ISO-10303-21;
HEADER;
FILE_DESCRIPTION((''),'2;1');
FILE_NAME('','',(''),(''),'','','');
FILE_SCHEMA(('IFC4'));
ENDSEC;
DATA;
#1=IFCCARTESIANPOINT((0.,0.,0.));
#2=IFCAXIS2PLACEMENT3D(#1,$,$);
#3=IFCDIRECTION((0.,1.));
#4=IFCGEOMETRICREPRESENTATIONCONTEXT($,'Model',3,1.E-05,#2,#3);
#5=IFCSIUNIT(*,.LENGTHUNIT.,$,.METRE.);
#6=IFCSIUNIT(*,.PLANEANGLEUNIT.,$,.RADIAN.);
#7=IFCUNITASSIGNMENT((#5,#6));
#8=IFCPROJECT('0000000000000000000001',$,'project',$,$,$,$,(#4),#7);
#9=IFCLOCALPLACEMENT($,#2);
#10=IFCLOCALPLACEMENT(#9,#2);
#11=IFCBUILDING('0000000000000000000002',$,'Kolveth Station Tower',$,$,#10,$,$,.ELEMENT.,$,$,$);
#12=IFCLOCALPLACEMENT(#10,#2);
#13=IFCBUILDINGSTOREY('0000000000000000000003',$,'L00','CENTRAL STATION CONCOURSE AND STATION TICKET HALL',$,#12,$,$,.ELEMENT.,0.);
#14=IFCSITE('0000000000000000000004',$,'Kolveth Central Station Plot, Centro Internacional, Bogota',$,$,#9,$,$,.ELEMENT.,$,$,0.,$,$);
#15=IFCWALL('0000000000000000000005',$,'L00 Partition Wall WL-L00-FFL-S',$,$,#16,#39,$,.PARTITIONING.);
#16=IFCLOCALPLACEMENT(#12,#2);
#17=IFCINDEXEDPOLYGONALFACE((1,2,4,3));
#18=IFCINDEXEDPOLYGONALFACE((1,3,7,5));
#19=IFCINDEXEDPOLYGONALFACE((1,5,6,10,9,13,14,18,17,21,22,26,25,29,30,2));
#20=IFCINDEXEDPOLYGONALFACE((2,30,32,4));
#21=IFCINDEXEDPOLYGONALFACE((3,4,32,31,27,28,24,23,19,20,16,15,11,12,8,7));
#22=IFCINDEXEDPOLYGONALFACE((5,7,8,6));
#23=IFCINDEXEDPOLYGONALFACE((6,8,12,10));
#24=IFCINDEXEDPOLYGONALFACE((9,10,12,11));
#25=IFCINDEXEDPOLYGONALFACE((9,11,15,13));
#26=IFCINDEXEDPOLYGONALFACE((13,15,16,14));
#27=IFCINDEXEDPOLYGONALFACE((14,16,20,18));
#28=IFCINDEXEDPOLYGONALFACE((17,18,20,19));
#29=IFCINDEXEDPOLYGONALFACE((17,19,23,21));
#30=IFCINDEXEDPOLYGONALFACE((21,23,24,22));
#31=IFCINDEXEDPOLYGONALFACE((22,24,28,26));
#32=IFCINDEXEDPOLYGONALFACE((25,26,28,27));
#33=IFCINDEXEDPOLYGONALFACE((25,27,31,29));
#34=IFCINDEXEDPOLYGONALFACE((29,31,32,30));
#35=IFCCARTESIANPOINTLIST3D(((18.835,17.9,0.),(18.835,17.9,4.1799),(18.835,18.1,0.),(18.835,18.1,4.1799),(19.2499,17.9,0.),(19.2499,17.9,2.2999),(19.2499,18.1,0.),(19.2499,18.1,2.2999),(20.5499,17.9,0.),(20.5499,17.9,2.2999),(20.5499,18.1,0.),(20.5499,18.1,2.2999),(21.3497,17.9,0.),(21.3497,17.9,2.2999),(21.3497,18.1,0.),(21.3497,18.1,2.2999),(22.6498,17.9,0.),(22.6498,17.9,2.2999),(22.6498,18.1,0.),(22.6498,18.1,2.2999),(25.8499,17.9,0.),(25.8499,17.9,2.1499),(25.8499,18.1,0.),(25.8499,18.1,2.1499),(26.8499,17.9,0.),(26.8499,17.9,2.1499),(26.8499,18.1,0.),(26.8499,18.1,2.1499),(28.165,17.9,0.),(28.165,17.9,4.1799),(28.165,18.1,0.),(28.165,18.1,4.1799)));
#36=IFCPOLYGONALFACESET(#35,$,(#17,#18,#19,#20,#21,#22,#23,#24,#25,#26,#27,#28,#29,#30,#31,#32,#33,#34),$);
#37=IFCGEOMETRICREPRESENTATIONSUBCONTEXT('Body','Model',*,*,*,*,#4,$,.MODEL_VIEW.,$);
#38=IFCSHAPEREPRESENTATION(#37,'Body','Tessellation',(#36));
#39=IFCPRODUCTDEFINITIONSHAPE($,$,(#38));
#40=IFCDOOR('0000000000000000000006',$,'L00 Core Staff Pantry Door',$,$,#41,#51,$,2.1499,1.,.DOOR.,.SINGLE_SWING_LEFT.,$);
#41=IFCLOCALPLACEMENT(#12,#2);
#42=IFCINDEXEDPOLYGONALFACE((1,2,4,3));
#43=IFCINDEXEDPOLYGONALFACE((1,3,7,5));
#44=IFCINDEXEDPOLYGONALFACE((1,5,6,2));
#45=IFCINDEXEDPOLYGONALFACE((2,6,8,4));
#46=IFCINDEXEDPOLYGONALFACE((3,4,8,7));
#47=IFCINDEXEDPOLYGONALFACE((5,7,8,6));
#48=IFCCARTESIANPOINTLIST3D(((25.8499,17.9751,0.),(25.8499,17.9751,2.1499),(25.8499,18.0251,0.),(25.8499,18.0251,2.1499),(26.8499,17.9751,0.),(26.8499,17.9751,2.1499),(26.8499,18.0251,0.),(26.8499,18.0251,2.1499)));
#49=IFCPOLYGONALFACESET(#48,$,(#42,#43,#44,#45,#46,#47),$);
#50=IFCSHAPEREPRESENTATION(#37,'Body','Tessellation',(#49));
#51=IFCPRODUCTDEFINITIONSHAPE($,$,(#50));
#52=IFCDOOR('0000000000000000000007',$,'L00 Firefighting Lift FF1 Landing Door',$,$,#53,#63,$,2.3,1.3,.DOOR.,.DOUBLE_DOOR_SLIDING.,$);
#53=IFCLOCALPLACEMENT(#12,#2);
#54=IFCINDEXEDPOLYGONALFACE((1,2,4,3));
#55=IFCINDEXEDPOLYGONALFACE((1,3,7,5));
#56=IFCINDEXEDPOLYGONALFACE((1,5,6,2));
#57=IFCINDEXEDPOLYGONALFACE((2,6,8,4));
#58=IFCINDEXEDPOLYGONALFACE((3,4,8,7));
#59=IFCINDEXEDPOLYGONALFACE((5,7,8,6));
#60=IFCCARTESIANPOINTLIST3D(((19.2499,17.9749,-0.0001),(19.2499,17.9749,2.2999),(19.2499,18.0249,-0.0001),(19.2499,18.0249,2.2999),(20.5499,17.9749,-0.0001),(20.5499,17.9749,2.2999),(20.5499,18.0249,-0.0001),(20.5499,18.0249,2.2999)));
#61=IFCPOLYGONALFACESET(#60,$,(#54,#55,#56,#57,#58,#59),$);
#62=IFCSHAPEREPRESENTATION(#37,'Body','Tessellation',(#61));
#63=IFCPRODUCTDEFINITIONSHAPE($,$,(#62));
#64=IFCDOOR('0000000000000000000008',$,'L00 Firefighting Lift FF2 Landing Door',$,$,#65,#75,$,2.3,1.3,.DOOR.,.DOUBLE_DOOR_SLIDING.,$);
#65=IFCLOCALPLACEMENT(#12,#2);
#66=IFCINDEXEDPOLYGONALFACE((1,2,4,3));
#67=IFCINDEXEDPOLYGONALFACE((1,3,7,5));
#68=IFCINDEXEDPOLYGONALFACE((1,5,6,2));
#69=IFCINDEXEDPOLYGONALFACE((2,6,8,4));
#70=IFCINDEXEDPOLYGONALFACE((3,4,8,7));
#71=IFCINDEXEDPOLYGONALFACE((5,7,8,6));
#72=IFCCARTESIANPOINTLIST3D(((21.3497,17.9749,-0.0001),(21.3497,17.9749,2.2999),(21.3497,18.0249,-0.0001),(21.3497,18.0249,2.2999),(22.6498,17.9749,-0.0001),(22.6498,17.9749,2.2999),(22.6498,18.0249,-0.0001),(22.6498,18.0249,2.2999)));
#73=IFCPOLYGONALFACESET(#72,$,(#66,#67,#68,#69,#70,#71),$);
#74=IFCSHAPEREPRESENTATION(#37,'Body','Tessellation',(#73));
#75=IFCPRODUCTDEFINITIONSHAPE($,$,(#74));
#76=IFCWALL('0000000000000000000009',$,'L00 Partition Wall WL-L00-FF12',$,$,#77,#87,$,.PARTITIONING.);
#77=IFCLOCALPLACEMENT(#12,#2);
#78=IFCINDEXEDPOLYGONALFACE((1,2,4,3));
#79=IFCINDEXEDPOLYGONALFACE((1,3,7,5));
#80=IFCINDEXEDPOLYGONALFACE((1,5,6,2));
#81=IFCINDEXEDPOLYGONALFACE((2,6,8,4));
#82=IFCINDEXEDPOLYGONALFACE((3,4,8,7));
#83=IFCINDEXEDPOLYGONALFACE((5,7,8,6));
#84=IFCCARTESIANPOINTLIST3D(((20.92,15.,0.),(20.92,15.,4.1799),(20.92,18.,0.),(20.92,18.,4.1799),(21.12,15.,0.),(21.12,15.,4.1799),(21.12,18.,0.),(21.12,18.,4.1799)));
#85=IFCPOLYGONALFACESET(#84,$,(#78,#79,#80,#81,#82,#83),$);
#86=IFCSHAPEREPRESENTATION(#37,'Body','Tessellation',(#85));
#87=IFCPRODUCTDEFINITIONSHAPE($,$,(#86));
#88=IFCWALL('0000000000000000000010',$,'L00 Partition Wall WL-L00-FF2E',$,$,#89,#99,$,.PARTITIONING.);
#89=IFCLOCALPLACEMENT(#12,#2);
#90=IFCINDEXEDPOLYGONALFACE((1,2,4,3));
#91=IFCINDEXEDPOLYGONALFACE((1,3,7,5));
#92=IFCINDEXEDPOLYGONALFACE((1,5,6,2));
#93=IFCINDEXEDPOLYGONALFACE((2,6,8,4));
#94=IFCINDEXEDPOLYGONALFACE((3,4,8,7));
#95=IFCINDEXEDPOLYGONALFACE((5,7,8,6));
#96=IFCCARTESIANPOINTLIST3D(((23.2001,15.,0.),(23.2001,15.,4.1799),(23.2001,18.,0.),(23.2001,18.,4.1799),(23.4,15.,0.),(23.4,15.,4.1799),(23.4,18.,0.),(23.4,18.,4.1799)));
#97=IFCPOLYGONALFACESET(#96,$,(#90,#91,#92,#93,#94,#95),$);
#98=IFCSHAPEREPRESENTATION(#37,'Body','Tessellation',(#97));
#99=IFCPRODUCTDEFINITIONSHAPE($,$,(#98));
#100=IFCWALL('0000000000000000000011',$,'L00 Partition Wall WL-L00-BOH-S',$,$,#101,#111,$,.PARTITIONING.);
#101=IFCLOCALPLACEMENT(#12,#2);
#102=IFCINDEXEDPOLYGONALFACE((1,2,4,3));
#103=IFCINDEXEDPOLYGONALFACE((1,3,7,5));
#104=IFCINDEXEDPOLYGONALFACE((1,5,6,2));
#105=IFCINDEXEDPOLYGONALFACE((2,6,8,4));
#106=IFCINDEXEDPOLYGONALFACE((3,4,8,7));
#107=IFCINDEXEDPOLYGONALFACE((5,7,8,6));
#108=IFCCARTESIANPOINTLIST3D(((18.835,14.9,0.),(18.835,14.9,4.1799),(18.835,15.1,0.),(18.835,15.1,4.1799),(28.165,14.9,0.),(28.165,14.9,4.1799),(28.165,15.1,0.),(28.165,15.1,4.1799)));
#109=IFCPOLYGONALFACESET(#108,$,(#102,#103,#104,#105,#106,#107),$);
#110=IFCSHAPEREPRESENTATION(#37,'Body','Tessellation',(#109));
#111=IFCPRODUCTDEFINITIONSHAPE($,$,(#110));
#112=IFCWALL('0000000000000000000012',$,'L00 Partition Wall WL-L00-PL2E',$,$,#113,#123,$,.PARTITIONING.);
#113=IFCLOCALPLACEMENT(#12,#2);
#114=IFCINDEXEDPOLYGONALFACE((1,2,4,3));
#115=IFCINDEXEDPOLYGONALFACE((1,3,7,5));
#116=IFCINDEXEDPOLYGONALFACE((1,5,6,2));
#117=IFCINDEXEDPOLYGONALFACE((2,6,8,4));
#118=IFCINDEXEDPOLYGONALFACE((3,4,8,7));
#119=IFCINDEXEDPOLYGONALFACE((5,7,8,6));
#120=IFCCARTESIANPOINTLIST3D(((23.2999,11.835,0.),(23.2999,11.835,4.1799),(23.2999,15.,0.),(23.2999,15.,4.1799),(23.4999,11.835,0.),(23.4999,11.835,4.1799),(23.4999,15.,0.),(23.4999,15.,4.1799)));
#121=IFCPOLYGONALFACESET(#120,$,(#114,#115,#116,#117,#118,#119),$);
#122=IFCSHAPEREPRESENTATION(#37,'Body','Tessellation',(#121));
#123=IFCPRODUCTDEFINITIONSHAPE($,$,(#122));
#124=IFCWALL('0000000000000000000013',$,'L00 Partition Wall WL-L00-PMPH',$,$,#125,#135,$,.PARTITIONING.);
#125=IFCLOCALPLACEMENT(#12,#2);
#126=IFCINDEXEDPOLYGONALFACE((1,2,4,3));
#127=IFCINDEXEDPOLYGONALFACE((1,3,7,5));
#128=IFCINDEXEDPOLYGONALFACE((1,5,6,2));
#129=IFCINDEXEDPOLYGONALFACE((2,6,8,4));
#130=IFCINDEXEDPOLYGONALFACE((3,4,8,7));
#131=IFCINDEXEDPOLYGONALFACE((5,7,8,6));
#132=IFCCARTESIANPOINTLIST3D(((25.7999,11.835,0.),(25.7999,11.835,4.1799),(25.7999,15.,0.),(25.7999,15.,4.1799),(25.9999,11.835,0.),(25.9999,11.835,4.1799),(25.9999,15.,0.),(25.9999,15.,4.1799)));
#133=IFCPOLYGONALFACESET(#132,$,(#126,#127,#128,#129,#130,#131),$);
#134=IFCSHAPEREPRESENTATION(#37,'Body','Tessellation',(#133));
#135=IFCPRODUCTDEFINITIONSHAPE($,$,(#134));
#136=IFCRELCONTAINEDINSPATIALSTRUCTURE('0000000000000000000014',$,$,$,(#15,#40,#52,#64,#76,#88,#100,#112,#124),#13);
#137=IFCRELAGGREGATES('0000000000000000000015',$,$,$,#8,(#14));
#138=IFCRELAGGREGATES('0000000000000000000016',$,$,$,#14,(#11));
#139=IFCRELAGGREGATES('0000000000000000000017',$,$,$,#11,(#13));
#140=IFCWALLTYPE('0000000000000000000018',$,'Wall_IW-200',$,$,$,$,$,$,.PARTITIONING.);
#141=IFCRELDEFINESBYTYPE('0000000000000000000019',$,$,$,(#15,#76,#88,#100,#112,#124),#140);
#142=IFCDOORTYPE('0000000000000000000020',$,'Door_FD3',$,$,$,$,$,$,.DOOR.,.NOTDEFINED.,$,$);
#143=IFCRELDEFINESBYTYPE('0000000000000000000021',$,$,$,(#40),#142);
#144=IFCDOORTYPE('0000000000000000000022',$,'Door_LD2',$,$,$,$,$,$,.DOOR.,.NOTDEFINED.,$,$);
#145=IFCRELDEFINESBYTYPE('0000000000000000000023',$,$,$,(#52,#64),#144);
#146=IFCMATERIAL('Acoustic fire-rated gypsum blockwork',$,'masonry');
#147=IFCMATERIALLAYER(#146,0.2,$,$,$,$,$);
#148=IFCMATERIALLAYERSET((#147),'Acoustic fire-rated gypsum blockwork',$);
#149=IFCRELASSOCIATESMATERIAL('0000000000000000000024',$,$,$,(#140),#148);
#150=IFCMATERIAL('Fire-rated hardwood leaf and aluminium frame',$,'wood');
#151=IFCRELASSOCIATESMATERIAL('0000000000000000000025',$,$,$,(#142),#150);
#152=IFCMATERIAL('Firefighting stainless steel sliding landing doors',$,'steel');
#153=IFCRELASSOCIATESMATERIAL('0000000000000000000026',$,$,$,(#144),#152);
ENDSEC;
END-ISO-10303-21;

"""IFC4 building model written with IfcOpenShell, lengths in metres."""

from ifc_helpers import new_model, si_unit, direction, frame, frame_2d, origin, place, context, subcontext, project, spatial, rectangle, extrude, material, layer, layer_set, type_object, element, fill, save


model = new_model("IFC4")

# Units and contexts
model_context = context("Model", 3, precision=1e-05, world=origin(), true_north=direction((0.0, 1.0)))
body_context = subcontext(model_context, "Body", "Model", "MODEL_VIEW")
ifc_project = project(units=[si_unit("LENGTHUNIT", "METRE"), si_unit("PLANEANGLEUNIT", "RADIAN")], contexts=[model_context])

# Site, building, storey
site_placement = place(None, origin())
site = spatial("IfcSite", under=ifc_project, at=site_placement, Name="Kolveth Central Station Plot, Centro Internacional, Bogota", CompositionType="ELEMENT", RefElevation=0.0)
building_placement = place(site_placement, origin())
building = spatial("IfcBuilding", under=site, at=building_placement, Name="Kolveth Station Tower", CompositionType="ELEMENT")
storey_placement = place(building_placement, origin())
storey = spatial("IfcBuildingStorey", under=building, at=storey_placement, Name="L00", Description="CENTRAL STATION CONCOURSE AND STATION TICKET HALL", CompositionType="ELEMENT", Elevation=0.0)

# Shared definitions
ifc_material_1 = material(Name="Acoustic fire-rated gypsum blockwork", Category="masonry")
ifc_layer_1 = layer(ifc_material_1, 0.2)
ifc_layer_set_1 = layer_set([ifc_layer_1], Name="Acoustic fire-rated gypsum blockwork")
wall_type_1 = type_object("IfcWallType", Name="Wall_IW-200", PredefinedType="PARTITIONING", material=ifc_layer_set_1)

# Wall, openings, doors
wall_1_placement = place(storey_placement, frame((18.835, 18.0, 0.0), z_axis=(0.0, 0.0, 1.0), x_axis=(1.0, 0.0, 0.0)))
wall_1 = element("IfcWall", 1, at=wall_1_placement, inside=storey, type_object=wall_type_1, Name="L00 Partition Wall WL-L00-FFL-S", PredefinedType="PARTITIONING", context=body_context, shape_type="SweptSolid", body=[
    extrude(rectangle(XDim=9.3301, YDim=0.2, at=frame_2d((4.665, 0.0))), origin(), (0.0, 0.0, 1.0), 4.1799),
])
opening_1_placement = place(wall_1_placement, frame((0.415, 0.0, 0.0)))
opening_1 = element("IfcOpeningElement", 2, at=opening_1_placement, cuts=wall_1, PredefinedType="OPENING", context=body_context, shape_type="SweptSolid", body=[
    extrude(rectangle(XDim=1.3, YDim=2.3, at=frame_2d((0.6499, 1.1499))), frame((0.0, 0.1099, 0.0), z_axis=(0.0, -1.0, 0.0), x_axis=(1.0, 0.0, 0.0)), (0.0, 0.0, 1.0), 0.22),
])
opening_2_placement = place(wall_1_placement, frame((2.5149, 0.0, 0.0)))
opening_2 = element("IfcOpeningElement", 3, at=opening_2_placement, cuts=wall_1, PredefinedType="OPENING", context=body_context, shape_type="SweptSolid", body=[
    extrude(rectangle(XDim=1.3, YDim=2.3, at=frame_2d((0.6499, 1.1499))), frame((0.0, 0.1099, 0.0), z_axis=(0.0, -1.0, 0.0), x_axis=(1.0, 0.0, 0.0)), (0.0, 0.0, 1.0), 0.22),
])
opening_3_placement = place(wall_1_placement, frame((7.0149, 0.0, 0.0)))
opening_3 = element("IfcOpeningElement", 4, at=opening_3_placement, cuts=wall_1, PredefinedType="OPENING", context=body_context, shape_type="SweptSolid", body=[
    extrude(rectangle(XDim=1.0, YDim=2.1499, at=frame_2d((0.5, 1.075))), frame((0.0, 0.1099, 0.0), z_axis=(0.0, -1.0, 0.0), x_axis=(1.0, 0.0, 0.0)), (0.0, 0.0, 1.0), 0.22),
])
ifc_material_2 = material(Name="Fire-rated hardwood leaf and aluminium frame", Category="wood")
door_type_1 = type_object("IfcDoorType", Name="Door_FD3", OperationType="NOTDEFINED", PredefinedType="DOOR", material=ifc_material_2)
door_1_placement = place(opening_3_placement, frame((1.0, 0.0, 0.0), z_axis=(0.0, 0.0, 1.0), x_axis=(-1.0, 0.0, 0.0)))
door_1 = element("IfcDoor", 5, at=door_1_placement, inside=storey, type_object=door_type_1, Name="L00 Core Staff Pantry Door", OperationType="SINGLE_SWING_LEFT", OverallHeight=2.1499, OverallWidth=1.0, PredefinedType="DOOR", context=body_context, shape_type="SweptSolid", body=[
    extrude(rectangle(XDim=1.0, YDim=2.1499, at=frame_2d((0.5, 1.075))), frame((0.0, 0.0249, 0.0), z_axis=(0.0, -1.0, 0.0), x_axis=(1.0, 0.0, 0.0)), (0.0, 0.0, 1.0), 0.05),
])
fill(opening_3, door_1)
ifc_material_3 = material(Name="Firefighting stainless steel sliding landing doors", Category="steel")
door_type_2 = type_object("IfcDoorType", Name="Door_LD2", OperationType="NOTDEFINED", PredefinedType="DOOR", material=ifc_material_3)
door_2_placement = place(opening_1_placement, origin())
door_2 = element("IfcDoor", 6, at=door_2_placement, inside=storey, type_object=door_type_2, Name="L00 Firefighting Lift FF1 Landing Door", OperationType="DOUBLE_DOOR_SLIDING", OverallHeight=2.3, OverallWidth=1.3, PredefinedType="DOOR", context=body_context, shape_type="SweptSolid", body=[
    extrude(rectangle(XDim=1.3, YDim=2.3, at=frame_2d((0.6499, 1.1499))), frame((0.0, 0.0249, 0.0), z_axis=(0.0, -1.0, 0.0), x_axis=(1.0, 0.0, 0.0)), (0.0, 0.0, 1.0), 0.05),
])
fill(opening_1, door_2)
door_3_placement = place(opening_2_placement, origin())
door_3 = element("IfcDoor", 7, at=door_3_placement, inside=storey, type_object=door_type_2, Name="L00 Firefighting Lift FF2 Landing Door", OperationType="DOUBLE_DOOR_SLIDING", OverallHeight=2.3, OverallWidth=1.3, PredefinedType="DOOR", context=body_context, shape_type="SweptSolid", body=[
    extrude(rectangle(XDim=1.3, YDim=2.3, at=frame_2d((0.6499, 1.1499))), frame((0.0, 0.0249, 0.0), z_axis=(0.0, -1.0, 0.0), x_axis=(1.0, 0.0, 0.0)), (0.0, 0.0, 1.0), 0.05),
])
fill(opening_2, door_3)

# Walls
for number, where, z_axis, x_axis, name in (
    (8, (21.02, 15.0, 0.0), (0.0, 0.0, 1.0), (0.0, 1.0, 0.0), "L00 Partition Wall WL-L00-FF12"),
    (9, (23.3, 15.0, 0.0), (0.0, 0.0, 1.0), (0.0, 1.0, 0.0), "L00 Partition Wall WL-L00-FF2E"),
):
    element("IfcWall", number, at=place(storey_placement, frame(where, z_axis=z_axis, x_axis=x_axis)), inside=storey, type_object=wall_type_1, Name=name, PredefinedType="PARTITIONING", context=body_context, shape_type="SweptSolid", body=[
        extrude(rectangle(XDim=3.0, YDim=0.2, at=frame_2d((1.5, 0.0))), origin(), (0.0, 0.0, 1.0), 4.1799),
    ])
wall_2_placement = place(storey_placement, frame((18.835, 15.0, 0.0), z_axis=(0.0, 0.0, 1.0), x_axis=(1.0, 0.0, 0.0)))
element("IfcWall", 10, at=wall_2_placement, inside=storey, type_object=wall_type_1, Name="L00 Partition Wall WL-L00-BOH-S", PredefinedType="PARTITIONING", context=body_context, shape_type="SweptSolid", body=[
    extrude(rectangle(XDim=9.3301, YDim=0.2, at=frame_2d((4.665, 0.0))), origin(), (0.0, 0.0, 1.0), 4.1799),
])
for number, where, z_axis, x_axis, name in (
    (11, (23.3999, 11.835, 0.0), (0.0, 0.0, 1.0), (0.0, 1.0, 0.0), "L00 Partition Wall WL-L00-PL2E"),
    (12, (25.8999, 11.835, 0.0), (0.0, 0.0, 1.0), (0.0, 1.0, 0.0), "L00 Partition Wall WL-L00-PMPH"),
):
    element("IfcWall", number, at=place(storey_placement, frame(where, z_axis=z_axis, x_axis=x_axis)), inside=storey, type_object=wall_type_1, Name=name, PredefinedType="PARTITIONING", context=body_context, shape_type="SweptSolid", body=[
        extrude(rectangle(XDim=3.165, YDim=0.2, at=frame_2d((1.5825, 0.0))), origin(), (0.0, 0.0, 1.0), 4.1799),
    ])

save(model, "model.ifc")
